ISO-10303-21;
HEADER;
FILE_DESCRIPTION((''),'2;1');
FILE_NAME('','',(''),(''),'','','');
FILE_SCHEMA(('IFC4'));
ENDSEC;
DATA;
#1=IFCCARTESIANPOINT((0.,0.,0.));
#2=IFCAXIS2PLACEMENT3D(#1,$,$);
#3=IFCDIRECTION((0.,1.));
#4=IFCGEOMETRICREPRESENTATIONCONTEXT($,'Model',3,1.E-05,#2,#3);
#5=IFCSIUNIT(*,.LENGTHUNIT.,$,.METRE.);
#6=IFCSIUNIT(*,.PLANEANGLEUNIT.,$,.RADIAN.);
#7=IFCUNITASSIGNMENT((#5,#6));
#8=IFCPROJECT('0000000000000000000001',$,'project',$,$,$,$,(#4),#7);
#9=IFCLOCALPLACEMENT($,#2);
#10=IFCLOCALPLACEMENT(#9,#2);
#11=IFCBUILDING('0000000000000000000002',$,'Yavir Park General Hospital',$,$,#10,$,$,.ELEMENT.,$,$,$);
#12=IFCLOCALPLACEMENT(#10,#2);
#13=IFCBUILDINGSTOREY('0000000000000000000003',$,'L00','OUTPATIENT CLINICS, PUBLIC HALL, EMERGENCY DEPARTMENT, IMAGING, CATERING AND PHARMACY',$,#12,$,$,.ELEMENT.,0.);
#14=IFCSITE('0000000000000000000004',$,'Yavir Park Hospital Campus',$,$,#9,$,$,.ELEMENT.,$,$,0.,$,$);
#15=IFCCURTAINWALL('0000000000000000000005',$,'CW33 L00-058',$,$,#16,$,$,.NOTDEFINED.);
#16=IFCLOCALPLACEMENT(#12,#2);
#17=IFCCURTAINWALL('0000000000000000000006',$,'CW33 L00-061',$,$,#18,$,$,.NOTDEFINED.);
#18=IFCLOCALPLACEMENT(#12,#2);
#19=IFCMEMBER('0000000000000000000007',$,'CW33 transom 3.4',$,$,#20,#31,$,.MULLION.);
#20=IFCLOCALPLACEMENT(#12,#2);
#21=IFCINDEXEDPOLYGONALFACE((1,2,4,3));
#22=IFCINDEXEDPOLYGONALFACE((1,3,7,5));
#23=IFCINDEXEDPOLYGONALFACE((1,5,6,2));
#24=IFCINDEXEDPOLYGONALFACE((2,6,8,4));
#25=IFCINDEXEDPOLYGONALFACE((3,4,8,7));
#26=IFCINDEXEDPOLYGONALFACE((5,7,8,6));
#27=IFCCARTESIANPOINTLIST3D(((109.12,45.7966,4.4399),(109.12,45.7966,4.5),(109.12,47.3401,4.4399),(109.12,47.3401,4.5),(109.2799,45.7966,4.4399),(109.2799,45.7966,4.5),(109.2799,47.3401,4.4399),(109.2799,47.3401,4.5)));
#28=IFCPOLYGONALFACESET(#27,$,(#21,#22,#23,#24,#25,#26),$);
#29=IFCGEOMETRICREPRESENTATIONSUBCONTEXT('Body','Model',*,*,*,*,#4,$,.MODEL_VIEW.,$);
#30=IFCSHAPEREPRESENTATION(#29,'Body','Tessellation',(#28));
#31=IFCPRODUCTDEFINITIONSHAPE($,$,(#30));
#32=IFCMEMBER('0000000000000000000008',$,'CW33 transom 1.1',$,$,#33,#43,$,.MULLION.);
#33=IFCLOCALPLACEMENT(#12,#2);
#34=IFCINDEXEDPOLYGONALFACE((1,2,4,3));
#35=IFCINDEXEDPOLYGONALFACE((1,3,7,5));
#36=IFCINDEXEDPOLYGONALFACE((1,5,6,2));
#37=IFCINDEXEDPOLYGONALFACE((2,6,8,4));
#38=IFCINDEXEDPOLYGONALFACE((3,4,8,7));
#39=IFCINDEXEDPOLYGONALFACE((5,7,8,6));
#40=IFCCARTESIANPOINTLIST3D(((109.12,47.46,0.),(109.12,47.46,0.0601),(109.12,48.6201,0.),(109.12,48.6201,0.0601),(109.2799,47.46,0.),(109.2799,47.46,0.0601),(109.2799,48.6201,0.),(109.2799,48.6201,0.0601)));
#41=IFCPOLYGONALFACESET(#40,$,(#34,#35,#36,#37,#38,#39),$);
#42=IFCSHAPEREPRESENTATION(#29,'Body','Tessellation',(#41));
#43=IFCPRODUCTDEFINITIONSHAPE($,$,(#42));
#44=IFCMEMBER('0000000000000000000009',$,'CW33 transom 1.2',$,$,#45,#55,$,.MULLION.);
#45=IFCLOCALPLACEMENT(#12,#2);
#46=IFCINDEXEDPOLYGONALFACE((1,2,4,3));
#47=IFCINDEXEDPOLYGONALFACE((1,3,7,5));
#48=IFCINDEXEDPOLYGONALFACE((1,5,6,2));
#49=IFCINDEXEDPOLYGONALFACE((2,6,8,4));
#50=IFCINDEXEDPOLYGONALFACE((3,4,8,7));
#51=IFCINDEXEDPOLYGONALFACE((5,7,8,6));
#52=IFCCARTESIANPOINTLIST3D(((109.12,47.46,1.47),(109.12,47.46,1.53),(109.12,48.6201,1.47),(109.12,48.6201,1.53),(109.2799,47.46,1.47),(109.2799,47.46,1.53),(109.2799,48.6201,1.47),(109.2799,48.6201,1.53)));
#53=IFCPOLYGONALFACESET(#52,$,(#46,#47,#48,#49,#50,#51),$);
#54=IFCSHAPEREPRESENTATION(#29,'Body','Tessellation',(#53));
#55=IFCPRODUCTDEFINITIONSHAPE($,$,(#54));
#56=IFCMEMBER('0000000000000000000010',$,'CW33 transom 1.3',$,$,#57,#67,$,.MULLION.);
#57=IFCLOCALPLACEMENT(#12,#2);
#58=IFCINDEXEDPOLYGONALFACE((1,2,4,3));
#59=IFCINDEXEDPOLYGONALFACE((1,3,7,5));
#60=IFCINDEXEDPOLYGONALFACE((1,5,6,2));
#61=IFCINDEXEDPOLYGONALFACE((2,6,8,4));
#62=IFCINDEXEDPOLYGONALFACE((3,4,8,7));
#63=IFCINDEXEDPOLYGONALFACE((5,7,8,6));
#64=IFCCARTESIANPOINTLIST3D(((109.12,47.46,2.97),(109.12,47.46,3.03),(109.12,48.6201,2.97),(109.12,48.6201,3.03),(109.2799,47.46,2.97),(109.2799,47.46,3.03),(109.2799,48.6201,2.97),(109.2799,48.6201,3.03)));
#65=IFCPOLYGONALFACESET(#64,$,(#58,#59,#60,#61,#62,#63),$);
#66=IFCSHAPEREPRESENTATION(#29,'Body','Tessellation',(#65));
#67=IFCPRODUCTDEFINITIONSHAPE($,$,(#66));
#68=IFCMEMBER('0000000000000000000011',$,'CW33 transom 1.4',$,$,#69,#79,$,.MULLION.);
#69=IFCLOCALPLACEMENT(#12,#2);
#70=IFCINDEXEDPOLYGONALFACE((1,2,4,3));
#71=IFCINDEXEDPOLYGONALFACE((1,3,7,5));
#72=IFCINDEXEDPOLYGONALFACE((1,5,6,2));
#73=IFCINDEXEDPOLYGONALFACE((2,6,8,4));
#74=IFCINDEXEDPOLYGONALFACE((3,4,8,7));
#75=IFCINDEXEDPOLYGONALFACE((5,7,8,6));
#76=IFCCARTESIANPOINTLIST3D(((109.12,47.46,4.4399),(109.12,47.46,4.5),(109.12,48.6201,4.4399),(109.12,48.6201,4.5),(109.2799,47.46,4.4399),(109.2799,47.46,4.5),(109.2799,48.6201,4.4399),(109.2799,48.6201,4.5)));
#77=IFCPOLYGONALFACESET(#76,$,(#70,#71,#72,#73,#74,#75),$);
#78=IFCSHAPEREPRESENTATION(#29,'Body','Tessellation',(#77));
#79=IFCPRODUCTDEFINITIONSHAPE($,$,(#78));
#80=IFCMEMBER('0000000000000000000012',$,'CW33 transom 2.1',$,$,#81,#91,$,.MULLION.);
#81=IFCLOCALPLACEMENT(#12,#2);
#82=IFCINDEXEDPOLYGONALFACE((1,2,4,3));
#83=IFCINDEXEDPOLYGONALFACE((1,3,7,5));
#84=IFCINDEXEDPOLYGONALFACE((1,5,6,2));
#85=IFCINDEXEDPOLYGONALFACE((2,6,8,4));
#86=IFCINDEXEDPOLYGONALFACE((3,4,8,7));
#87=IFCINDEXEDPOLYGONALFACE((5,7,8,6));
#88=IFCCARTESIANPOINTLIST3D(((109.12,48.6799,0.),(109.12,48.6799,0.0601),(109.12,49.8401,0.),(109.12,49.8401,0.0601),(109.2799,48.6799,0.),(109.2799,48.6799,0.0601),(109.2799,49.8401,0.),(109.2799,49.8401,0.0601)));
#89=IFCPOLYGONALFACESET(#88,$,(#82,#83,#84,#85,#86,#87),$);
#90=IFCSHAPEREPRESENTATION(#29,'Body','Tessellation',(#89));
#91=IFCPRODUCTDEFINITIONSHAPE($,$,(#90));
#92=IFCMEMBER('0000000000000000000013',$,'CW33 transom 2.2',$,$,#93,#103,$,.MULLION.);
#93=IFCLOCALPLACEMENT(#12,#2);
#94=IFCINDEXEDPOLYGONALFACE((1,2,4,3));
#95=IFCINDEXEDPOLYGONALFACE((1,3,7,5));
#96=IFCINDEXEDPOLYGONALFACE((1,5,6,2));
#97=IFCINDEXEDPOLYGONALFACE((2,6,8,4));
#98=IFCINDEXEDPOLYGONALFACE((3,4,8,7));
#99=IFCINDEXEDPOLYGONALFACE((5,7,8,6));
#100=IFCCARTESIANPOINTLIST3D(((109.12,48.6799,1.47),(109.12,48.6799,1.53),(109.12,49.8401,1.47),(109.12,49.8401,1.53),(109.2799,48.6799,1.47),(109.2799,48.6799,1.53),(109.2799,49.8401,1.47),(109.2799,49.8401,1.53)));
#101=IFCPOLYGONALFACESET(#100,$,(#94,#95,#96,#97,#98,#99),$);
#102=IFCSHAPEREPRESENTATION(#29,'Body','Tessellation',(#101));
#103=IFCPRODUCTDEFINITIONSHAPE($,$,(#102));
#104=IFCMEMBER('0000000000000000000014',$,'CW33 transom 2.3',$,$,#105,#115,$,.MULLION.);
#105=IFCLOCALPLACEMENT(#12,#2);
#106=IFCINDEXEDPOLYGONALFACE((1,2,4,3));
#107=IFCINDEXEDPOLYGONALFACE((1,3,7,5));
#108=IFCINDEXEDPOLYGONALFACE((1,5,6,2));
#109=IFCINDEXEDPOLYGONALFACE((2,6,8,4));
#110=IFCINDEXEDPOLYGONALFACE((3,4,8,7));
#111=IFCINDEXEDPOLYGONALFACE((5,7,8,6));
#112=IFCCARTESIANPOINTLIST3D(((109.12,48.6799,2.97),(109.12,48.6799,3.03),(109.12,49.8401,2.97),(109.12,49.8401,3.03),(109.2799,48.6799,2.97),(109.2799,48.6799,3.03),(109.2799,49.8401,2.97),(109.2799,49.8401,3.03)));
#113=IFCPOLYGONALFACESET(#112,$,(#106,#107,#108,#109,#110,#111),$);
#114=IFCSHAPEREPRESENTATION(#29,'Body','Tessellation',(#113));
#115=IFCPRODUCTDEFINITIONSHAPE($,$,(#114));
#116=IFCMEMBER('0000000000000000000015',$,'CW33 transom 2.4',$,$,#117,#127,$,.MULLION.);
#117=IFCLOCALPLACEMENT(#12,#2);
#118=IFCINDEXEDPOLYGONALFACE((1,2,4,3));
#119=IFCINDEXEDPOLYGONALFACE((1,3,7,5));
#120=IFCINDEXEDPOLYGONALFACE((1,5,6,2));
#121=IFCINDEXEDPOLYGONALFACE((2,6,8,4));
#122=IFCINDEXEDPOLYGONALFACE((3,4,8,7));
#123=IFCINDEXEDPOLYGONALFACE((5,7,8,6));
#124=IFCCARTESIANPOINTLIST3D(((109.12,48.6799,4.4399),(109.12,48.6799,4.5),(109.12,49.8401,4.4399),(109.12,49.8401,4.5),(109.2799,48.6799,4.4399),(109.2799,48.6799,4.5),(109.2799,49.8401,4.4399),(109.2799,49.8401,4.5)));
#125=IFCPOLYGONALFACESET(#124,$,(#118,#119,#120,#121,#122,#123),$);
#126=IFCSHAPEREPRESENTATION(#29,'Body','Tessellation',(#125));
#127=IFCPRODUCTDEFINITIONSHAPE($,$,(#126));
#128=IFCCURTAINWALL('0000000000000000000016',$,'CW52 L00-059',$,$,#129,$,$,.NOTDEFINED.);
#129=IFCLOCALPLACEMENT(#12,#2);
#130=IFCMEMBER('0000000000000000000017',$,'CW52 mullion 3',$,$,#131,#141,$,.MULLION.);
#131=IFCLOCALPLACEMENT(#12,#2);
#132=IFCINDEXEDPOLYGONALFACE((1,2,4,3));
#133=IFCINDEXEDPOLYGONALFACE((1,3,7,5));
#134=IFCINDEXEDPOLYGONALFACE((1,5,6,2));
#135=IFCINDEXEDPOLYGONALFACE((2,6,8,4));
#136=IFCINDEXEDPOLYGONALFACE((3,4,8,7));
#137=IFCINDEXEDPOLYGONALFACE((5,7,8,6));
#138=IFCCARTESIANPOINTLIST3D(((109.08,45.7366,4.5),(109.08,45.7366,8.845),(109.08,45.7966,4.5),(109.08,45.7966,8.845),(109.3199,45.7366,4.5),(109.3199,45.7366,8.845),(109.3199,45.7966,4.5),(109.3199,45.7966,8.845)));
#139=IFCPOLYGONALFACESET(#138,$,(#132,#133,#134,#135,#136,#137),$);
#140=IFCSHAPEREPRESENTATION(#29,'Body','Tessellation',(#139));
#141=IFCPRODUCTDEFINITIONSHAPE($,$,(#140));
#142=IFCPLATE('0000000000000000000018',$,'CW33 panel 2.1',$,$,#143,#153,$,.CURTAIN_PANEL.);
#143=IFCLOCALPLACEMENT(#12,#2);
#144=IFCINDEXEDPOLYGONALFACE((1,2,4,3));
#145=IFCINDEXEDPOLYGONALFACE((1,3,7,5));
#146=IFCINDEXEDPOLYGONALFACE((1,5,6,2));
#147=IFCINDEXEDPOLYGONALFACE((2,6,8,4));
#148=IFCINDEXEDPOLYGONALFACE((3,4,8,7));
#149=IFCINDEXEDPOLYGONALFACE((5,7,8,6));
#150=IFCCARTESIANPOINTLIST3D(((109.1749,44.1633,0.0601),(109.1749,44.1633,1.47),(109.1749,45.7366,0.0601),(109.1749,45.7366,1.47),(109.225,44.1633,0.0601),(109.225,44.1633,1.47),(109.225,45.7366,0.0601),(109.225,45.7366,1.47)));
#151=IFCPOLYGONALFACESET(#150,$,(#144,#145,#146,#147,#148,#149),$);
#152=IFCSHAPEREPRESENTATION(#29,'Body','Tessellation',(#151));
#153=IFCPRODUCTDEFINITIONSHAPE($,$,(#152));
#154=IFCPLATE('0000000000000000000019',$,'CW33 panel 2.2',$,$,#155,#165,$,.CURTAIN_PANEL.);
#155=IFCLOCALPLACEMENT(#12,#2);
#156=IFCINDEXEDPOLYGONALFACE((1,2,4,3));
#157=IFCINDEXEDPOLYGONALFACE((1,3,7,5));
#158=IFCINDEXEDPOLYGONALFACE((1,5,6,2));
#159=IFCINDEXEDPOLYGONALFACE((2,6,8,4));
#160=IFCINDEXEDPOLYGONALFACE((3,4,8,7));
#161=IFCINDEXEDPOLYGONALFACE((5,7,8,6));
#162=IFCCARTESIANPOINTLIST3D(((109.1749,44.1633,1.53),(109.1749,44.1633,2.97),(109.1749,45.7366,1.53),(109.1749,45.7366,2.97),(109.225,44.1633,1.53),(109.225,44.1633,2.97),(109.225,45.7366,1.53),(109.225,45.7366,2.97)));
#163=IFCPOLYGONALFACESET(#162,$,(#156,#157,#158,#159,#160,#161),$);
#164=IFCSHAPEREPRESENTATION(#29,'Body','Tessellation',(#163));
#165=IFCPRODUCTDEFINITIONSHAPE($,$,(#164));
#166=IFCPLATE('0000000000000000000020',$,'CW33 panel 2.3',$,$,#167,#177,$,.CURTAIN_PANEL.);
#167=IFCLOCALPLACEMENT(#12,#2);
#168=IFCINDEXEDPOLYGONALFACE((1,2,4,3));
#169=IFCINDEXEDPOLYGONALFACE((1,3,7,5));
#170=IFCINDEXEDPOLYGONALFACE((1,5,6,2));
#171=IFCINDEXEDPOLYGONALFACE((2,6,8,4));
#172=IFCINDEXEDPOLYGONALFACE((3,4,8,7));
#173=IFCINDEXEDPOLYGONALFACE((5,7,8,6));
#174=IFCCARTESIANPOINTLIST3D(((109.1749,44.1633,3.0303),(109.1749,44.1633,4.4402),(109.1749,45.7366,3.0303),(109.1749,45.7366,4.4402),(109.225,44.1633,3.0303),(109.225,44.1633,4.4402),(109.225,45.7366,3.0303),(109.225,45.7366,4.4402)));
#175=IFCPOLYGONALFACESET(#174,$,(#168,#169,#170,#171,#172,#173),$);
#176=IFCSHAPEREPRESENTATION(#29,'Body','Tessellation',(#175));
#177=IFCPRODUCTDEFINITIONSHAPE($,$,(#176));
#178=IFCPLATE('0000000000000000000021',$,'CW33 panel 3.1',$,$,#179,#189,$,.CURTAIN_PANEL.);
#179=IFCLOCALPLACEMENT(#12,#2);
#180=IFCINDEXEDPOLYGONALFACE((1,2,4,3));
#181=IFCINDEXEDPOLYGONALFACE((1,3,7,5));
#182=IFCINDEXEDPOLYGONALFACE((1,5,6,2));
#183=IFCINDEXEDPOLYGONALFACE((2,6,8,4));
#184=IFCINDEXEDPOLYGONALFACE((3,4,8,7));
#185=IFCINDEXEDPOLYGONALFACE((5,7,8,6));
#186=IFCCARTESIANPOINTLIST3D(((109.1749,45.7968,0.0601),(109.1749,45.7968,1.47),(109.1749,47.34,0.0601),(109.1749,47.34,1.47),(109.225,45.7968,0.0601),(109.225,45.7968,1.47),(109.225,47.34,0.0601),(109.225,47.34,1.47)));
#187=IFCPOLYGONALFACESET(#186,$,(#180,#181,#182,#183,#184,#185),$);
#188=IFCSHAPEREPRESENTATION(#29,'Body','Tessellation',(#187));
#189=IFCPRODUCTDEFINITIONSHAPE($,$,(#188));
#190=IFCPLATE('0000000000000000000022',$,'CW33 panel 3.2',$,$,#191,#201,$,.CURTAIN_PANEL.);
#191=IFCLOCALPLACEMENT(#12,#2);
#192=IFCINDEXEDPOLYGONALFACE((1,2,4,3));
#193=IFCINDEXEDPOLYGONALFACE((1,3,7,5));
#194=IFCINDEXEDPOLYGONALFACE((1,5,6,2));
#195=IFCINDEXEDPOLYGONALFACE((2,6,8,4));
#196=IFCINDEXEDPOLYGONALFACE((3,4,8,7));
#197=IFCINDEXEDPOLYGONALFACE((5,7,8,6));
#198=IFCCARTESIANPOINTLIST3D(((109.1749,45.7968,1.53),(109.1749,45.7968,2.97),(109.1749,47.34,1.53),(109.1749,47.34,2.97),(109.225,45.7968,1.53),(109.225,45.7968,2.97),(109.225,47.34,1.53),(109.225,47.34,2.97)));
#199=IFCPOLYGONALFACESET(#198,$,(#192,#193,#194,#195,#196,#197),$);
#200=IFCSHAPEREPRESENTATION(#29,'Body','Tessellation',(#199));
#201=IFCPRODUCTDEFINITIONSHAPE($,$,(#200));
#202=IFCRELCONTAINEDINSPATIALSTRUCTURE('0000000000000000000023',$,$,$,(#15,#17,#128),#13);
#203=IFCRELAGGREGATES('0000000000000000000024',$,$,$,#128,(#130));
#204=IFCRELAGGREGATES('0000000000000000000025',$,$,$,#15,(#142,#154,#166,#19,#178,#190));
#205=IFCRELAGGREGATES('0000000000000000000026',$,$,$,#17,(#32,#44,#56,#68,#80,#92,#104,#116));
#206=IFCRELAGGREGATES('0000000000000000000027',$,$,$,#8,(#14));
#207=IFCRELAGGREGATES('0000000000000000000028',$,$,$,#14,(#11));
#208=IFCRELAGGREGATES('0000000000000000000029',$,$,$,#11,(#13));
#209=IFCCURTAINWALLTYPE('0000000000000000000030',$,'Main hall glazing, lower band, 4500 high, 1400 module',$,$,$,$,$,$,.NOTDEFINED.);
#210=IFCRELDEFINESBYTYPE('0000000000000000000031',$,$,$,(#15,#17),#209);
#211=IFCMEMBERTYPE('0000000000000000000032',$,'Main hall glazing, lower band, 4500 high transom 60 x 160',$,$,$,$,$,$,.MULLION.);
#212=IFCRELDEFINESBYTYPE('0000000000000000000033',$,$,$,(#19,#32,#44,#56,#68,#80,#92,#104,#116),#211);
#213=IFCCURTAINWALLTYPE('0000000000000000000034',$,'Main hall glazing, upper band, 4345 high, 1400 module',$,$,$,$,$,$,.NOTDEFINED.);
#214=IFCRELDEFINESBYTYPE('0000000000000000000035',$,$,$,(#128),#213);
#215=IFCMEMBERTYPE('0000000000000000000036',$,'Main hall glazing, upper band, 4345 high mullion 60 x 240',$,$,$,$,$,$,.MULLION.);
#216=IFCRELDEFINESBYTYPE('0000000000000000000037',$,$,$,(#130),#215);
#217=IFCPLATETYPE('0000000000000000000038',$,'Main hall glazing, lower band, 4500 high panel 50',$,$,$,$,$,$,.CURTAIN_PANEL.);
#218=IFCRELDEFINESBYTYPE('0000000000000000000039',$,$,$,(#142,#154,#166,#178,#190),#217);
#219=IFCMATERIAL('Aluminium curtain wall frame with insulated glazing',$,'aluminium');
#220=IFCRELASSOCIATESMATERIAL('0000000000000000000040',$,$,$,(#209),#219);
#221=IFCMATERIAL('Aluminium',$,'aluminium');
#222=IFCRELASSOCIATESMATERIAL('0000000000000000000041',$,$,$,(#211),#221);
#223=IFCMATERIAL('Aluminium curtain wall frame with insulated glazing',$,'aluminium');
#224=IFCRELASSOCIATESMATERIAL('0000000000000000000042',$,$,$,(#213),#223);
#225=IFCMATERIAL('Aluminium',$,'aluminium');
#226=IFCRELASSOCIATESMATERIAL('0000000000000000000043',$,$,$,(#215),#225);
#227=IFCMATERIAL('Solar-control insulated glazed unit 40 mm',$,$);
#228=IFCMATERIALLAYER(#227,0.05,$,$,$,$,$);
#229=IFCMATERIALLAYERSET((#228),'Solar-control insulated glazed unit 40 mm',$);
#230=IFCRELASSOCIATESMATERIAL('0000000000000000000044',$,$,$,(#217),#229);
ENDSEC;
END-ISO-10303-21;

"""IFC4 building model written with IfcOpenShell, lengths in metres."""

from ifc_helpers import new_model, si_unit, direction, frame, origin, origin_2d, place, context, subcontext, project, spatial, rectangle, extrude, material, layer, layer_set, material_profile, profile_set, type_object, element, aggregate, save


model = new_model("IFC4")

# Units and contexts
model_context = context("Model", 3, precision=1e-05, world=origin(), true_north=direction((0.0, 1.0)))
body_context = subcontext(model_context, "Body", "Model", "MODEL_VIEW")
ifc_project = project(units=[si_unit("LENGTHUNIT", "METRE"), si_unit("PLANEANGLEUNIT", "RADIAN")], contexts=[model_context])

# Site, building, storey
site_placement = place(None, origin())
site = spatial("IfcSite", under=ifc_project, at=site_placement, Name="Yavir Park Hospital Campus", CompositionType="ELEMENT", RefElevation=0.0)
building_placement = place(site_placement, origin())
building = spatial("IfcBuilding", under=site, at=building_placement, Name="Yavir Park General Hospital", CompositionType="ELEMENT")
storey_placement = place(building_placement, origin())
storey = spatial("IfcBuildingStorey", under=building, at=storey_placement, Name="L00", Description="OUTPATIENT CLINICS, PUBLIC HALL, EMERGENCY DEPARTMENT, IMAGING, CATERING AND PHARMACY", CompositionType="ELEMENT", Elevation=0.0)

# Curtain walls
ifc_material_1 = material(Name="Aluminium curtain wall frame with insulated glazing", Category="aluminium")
curtain_wall_type_1 = type_object("IfcCurtainWallType", Name="Main hall glazing, lower band, 4500 high, 1400 module", PredefinedType="NOTDEFINED", material=ifc_material_1)
curtain_wall_1_placement = place(storey_placement, origin())
curtain_wall_1 = element("IfcCurtainWall", 1, at=curtain_wall_1_placement, inside=storey, type_object=curtain_wall_type_1, Name="CW33 L00-058", PredefinedType="NOTDEFINED")
curtain_wall_2_placement = place(storey_placement, origin())
curtain_wall_2 = element("IfcCurtainWall", 2, at=curtain_wall_2_placement, inside=storey, type_object=curtain_wall_type_1, Name="CW33 L00-061", PredefinedType="NOTDEFINED")

# Members
ifc_material_2 = material(Name="Aluminium", Category="aluminium")
ifc_material_profile_1 = material_profile(ifc_material_2, rectangle(XDim=0.1599, YDim=0.0601, at=origin_2d()), Name="AL 160x60")
ifc_profile_set_1 = profile_set([ifc_material_profile_1], Name="Aluminium")
member_type_1 = type_object("IfcMemberType", Name="Main hall glazing, lower band, 4500 high transom 60 x 160", PredefinedType="MULLION", material=ifc_profile_set_1)
member_1_placement = place(storey_placement, frame((109.2, 45.7966, 4.47), z_axis=(0.0, 1.0, 0.0), x_axis=(-1.0, 0.0, 0.0)))
member_1 = element("IfcMember", 3, at=member_1_placement, type_object=member_type_1, Name="CW33 transom 3.4", PredefinedType="MULLION", context=body_context, shape_type="SweptSolid", body=[
    extrude(rectangle(XDim=0.1599, YDim=0.0601, at=origin_2d()), origin(), (0.0, 0.0, 1.0), 1.5435),
])
member_2_placement = place(storey_placement, frame((109.2, 47.46, 0.03), z_axis=(0.0, 1.0, 0.0), x_axis=(-1.0, 0.0, 0.0)))
member_2 = element("IfcMember", 4, at=member_2_placement, type_object=member_type_1, Name="CW33 transom 1.1", PredefinedType="MULLION", context=body_context, shape_type="SweptSolid", body=[
    extrude(rectangle(XDim=0.1599, YDim=0.0601, at=origin_2d()), origin(), (0.0, 0.0, 1.0), 1.1602),
])
member_3_placement = place(storey_placement, frame((109.2, 47.46, 1.5), z_axis=(0.0, 1.0, 0.0), x_axis=(-1.0, 0.0, 0.0)))
member_3 = element("IfcMember", 5, at=member_3_placement, type_object=member_type_1, Name="CW33 transom 1.2", PredefinedType="MULLION", context=body_context, shape_type="SweptSolid", body=[
    extrude(rectangle(XDim=0.1599, YDim=0.0601, at=origin_2d()), origin(), (0.0, 0.0, 1.0), 1.1602),
])
member_4_placement = place(storey_placement, frame((109.2, 47.46, 3.0), z_axis=(0.0, 1.0, 0.0), x_axis=(-1.0, 0.0, 0.0)))
member_4 = element("IfcMember", 6, at=member_4_placement, type_object=member_type_1, Name="CW33 transom 1.3", PredefinedType="MULLION", context=body_context, shape_type="SweptSolid", body=[
    extrude(rectangle(XDim=0.1599, YDim=0.0601, at=origin_2d()), origin(), (0.0, 0.0, 1.0), 1.1602),
])
member_5_placement = place(storey_placement, frame((109.2, 47.46, 4.47), z_axis=(0.0, 1.0, 0.0), x_axis=(-1.0, 0.0, 0.0)))
member_5 = element("IfcMember", 7, at=member_5_placement, type_object=member_type_1, Name="CW33 transom 1.4", PredefinedType="MULLION", context=body_context, shape_type="SweptSolid", body=[
    extrude(rectangle(XDim=0.1599, YDim=0.0601, at=origin_2d()), origin(), (0.0, 0.0, 1.0), 1.1602),
])
member_6_placement = place(storey_placement, frame((109.2, 48.6799, 0.03), z_axis=(0.0, 1.0, 0.0), x_axis=(-1.0, 0.0, 0.0)))
member_6 = element("IfcMember", 8, at=member_6_placement, type_object=member_type_1, Name="CW33 transom 2.1", PredefinedType="MULLION", context=body_context, shape_type="SweptSolid", body=[
    extrude(rectangle(XDim=0.1599, YDim=0.0601, at=origin_2d()), origin(), (0.0, 0.0, 1.0), 1.1602),
])
member_7_placement = place(storey_placement, frame((109.2, 48.6799, 1.5), z_axis=(0.0, 1.0, 0.0), x_axis=(-1.0, 0.0, 0.0)))
member_7 = element("IfcMember", 9, at=member_7_placement, type_object=member_type_1, Name="CW33 transom 2.2", PredefinedType="MULLION", context=body_context, shape_type="SweptSolid", body=[
    extrude(rectangle(XDim=0.1599, YDim=0.0601, at=origin_2d()), origin(), (0.0, 0.0, 1.0), 1.1602),
])
member_8_placement = place(storey_placement, frame((109.2, 48.6799, 3.0), z_axis=(0.0, 1.0, 0.0), x_axis=(-1.0, 0.0, 0.0)))
member_8 = element("IfcMember", 10, at=member_8_placement, type_object=member_type_1, Name="CW33 transom 2.3", PredefinedType="MULLION", context=body_context, shape_type="SweptSolid", body=[
    extrude(rectangle(XDim=0.1599, YDim=0.0601, at=origin_2d()), origin(), (0.0, 0.0, 1.0), 1.1602),
])
member_9_placement = place(storey_placement, frame((109.2, 48.6799, 4.47), z_axis=(0.0, 1.0, 0.0), x_axis=(-1.0, 0.0, 0.0)))
member_9 = element("IfcMember", 11, at=member_9_placement, type_object=member_type_1, Name="CW33 transom 2.4", PredefinedType="MULLION", context=body_context, shape_type="SweptSolid", body=[
    extrude(rectangle(XDim=0.1599, YDim=0.0601, at=origin_2d()), origin(), (0.0, 0.0, 1.0), 1.1602),
])

# Curtain wall, member
ifc_material_3 = material(Name="Aluminium curtain wall frame with insulated glazing", Category="aluminium")
curtain_wall_type_2 = type_object("IfcCurtainWallType", Name="Main hall glazing, upper band, 4345 high, 1400 module", PredefinedType="NOTDEFINED", material=ifc_material_3)
curtain_wall_3_placement = place(storey_placement, origin())
curtain_wall_3 = element("IfcCurtainWall", 12, at=curtain_wall_3_placement, inside=storey, type_object=curtain_wall_type_2, Name="CW52 L00-059", PredefinedType="NOTDEFINED")
ifc_material_4 = material(Name="Aluminium", Category="aluminium")
ifc_material_profile_2 = material_profile(ifc_material_4, rectangle(XDim=0.24, YDim=0.0601, at=origin_2d()), Name="AL 60x240")
ifc_profile_set_2 = profile_set([ifc_material_profile_2], Name="Aluminium")
member_type_2 = type_object("IfcMemberType", Name="Main hall glazing, upper band, 4345 high mullion 60 x 240", PredefinedType="MULLION", material=ifc_profile_set_2)
member_10_placement = place(storey_placement, frame((109.2, 45.7666, 4.5), z_axis=(0.0, 0.0, 1.0), x_axis=(-1.0, 0.0, 0.0)))
member_10 = element("IfcMember", 13, at=member_10_placement, type_object=member_type_2, Name="CW52 mullion 3", PredefinedType="MULLION", context=body_context, shape_type="SweptSolid", body=[
    extrude(rectangle(XDim=0.24, YDim=0.0601, at=origin_2d()), origin(), (0.0, 0.0, 1.0), 4.345),
])
aggregate(curtain_wall_3, [member_10])

# Plates
ifc_material_5 = material(Name="Solar-control insulated glazed unit 40 mm")
ifc_layer = layer(ifc_material_5, 0.05)
ifc_layer_set = layer_set([ifc_layer], Name="Solar-control insulated glazed unit 40 mm")
plate_type = type_object("IfcPlateType", Name="Main hall glazing, lower band, 4500 high panel 50", PredefinedType="CURTAIN_PANEL", material=ifc_layer_set)
plate_1_placement = place(storey_placement, frame((109.2, 44.95, 0.0601), z_axis=(0.0, 0.0, 1.0), x_axis=(0.0, 1.0, 0.0)))
plate_1 = element("IfcPlate", 14, at=plate_1_placement, type_object=plate_type, Name="CW33 panel 2.1", PredefinedType="CURTAIN_PANEL", context=body_context, shape_type="SweptSolid", body=[
    extrude(rectangle(XDim=1.5732, YDim=0.05, at=origin_2d()), origin(), (0.0, 0.0, 1.0), 1.4099),
])
plate_2_placement = place(storey_placement, frame((109.2, 44.95, 1.53), z_axis=(0.0, 0.0, 1.0), x_axis=(0.0, 1.0, 0.0)))
plate_2 = element("IfcPlate", 15, at=plate_2_placement, type_object=plate_type, Name="CW33 panel 2.2", PredefinedType="CURTAIN_PANEL", context=body_context, shape_type="SweptSolid", body=[
    extrude(rectangle(XDim=1.5732, YDim=0.05, at=origin_2d()), origin(), (0.0, 0.0, 1.0), 1.4399),
])
plate_3_placement = place(storey_placement, frame((109.2, 44.95, 3.0303), z_axis=(0.0, 0.0, 1.0), x_axis=(0.0, 1.0, 0.0)))
plate_3 = element("IfcPlate", 16, at=plate_3_placement, type_object=plate_type, Name="CW33 panel 2.3", PredefinedType="CURTAIN_PANEL", context=body_context, shape_type="SweptSolid", body=[
    extrude(rectangle(XDim=1.5732, YDim=0.05, at=origin_2d()), origin(), (0.0, 0.0, 1.0), 1.4099),
])
plate_4_placement = place(storey_placement, frame((109.2, 46.5684, 0.0601), z_axis=(0.0, 0.0, 1.0), x_axis=(0.0, 1.0, 0.0)))
plate_4 = element("IfcPlate", 17, at=plate_4_placement, type_object=plate_type, Name="CW33 panel 3.1", PredefinedType="CURTAIN_PANEL", context=body_context, shape_type="SweptSolid", body=[
    extrude(rectangle(XDim=1.5432, YDim=0.05, at=origin_2d()), origin(), (0.0, 0.0, 1.0), 1.4099),
])
plate_5_placement = place(storey_placement, frame((109.2, 46.5684, 1.53), z_axis=(0.0, 0.0, 1.0), x_axis=(0.0, 1.0, 0.0)))
plate_5 = element("IfcPlate", 18, at=plate_5_placement, type_object=plate_type, Name="CW33 panel 3.2", PredefinedType="CURTAIN_PANEL", context=body_context, shape_type="SweptSolid", body=[
    extrude(rectangle(XDim=1.5432, YDim=0.05, at=origin_2d()), origin(), (0.0, 0.0, 1.0), 1.4399),
])
aggregate(curtain_wall_1, [plate_1, plate_2, plate_3, member_1, plate_4, plate_5])
aggregate(curtain_wall_2, [member_2, member_3, member_4, member_5, member_6, member_7, member_8, member_9])

save(model, "model.ifc")
